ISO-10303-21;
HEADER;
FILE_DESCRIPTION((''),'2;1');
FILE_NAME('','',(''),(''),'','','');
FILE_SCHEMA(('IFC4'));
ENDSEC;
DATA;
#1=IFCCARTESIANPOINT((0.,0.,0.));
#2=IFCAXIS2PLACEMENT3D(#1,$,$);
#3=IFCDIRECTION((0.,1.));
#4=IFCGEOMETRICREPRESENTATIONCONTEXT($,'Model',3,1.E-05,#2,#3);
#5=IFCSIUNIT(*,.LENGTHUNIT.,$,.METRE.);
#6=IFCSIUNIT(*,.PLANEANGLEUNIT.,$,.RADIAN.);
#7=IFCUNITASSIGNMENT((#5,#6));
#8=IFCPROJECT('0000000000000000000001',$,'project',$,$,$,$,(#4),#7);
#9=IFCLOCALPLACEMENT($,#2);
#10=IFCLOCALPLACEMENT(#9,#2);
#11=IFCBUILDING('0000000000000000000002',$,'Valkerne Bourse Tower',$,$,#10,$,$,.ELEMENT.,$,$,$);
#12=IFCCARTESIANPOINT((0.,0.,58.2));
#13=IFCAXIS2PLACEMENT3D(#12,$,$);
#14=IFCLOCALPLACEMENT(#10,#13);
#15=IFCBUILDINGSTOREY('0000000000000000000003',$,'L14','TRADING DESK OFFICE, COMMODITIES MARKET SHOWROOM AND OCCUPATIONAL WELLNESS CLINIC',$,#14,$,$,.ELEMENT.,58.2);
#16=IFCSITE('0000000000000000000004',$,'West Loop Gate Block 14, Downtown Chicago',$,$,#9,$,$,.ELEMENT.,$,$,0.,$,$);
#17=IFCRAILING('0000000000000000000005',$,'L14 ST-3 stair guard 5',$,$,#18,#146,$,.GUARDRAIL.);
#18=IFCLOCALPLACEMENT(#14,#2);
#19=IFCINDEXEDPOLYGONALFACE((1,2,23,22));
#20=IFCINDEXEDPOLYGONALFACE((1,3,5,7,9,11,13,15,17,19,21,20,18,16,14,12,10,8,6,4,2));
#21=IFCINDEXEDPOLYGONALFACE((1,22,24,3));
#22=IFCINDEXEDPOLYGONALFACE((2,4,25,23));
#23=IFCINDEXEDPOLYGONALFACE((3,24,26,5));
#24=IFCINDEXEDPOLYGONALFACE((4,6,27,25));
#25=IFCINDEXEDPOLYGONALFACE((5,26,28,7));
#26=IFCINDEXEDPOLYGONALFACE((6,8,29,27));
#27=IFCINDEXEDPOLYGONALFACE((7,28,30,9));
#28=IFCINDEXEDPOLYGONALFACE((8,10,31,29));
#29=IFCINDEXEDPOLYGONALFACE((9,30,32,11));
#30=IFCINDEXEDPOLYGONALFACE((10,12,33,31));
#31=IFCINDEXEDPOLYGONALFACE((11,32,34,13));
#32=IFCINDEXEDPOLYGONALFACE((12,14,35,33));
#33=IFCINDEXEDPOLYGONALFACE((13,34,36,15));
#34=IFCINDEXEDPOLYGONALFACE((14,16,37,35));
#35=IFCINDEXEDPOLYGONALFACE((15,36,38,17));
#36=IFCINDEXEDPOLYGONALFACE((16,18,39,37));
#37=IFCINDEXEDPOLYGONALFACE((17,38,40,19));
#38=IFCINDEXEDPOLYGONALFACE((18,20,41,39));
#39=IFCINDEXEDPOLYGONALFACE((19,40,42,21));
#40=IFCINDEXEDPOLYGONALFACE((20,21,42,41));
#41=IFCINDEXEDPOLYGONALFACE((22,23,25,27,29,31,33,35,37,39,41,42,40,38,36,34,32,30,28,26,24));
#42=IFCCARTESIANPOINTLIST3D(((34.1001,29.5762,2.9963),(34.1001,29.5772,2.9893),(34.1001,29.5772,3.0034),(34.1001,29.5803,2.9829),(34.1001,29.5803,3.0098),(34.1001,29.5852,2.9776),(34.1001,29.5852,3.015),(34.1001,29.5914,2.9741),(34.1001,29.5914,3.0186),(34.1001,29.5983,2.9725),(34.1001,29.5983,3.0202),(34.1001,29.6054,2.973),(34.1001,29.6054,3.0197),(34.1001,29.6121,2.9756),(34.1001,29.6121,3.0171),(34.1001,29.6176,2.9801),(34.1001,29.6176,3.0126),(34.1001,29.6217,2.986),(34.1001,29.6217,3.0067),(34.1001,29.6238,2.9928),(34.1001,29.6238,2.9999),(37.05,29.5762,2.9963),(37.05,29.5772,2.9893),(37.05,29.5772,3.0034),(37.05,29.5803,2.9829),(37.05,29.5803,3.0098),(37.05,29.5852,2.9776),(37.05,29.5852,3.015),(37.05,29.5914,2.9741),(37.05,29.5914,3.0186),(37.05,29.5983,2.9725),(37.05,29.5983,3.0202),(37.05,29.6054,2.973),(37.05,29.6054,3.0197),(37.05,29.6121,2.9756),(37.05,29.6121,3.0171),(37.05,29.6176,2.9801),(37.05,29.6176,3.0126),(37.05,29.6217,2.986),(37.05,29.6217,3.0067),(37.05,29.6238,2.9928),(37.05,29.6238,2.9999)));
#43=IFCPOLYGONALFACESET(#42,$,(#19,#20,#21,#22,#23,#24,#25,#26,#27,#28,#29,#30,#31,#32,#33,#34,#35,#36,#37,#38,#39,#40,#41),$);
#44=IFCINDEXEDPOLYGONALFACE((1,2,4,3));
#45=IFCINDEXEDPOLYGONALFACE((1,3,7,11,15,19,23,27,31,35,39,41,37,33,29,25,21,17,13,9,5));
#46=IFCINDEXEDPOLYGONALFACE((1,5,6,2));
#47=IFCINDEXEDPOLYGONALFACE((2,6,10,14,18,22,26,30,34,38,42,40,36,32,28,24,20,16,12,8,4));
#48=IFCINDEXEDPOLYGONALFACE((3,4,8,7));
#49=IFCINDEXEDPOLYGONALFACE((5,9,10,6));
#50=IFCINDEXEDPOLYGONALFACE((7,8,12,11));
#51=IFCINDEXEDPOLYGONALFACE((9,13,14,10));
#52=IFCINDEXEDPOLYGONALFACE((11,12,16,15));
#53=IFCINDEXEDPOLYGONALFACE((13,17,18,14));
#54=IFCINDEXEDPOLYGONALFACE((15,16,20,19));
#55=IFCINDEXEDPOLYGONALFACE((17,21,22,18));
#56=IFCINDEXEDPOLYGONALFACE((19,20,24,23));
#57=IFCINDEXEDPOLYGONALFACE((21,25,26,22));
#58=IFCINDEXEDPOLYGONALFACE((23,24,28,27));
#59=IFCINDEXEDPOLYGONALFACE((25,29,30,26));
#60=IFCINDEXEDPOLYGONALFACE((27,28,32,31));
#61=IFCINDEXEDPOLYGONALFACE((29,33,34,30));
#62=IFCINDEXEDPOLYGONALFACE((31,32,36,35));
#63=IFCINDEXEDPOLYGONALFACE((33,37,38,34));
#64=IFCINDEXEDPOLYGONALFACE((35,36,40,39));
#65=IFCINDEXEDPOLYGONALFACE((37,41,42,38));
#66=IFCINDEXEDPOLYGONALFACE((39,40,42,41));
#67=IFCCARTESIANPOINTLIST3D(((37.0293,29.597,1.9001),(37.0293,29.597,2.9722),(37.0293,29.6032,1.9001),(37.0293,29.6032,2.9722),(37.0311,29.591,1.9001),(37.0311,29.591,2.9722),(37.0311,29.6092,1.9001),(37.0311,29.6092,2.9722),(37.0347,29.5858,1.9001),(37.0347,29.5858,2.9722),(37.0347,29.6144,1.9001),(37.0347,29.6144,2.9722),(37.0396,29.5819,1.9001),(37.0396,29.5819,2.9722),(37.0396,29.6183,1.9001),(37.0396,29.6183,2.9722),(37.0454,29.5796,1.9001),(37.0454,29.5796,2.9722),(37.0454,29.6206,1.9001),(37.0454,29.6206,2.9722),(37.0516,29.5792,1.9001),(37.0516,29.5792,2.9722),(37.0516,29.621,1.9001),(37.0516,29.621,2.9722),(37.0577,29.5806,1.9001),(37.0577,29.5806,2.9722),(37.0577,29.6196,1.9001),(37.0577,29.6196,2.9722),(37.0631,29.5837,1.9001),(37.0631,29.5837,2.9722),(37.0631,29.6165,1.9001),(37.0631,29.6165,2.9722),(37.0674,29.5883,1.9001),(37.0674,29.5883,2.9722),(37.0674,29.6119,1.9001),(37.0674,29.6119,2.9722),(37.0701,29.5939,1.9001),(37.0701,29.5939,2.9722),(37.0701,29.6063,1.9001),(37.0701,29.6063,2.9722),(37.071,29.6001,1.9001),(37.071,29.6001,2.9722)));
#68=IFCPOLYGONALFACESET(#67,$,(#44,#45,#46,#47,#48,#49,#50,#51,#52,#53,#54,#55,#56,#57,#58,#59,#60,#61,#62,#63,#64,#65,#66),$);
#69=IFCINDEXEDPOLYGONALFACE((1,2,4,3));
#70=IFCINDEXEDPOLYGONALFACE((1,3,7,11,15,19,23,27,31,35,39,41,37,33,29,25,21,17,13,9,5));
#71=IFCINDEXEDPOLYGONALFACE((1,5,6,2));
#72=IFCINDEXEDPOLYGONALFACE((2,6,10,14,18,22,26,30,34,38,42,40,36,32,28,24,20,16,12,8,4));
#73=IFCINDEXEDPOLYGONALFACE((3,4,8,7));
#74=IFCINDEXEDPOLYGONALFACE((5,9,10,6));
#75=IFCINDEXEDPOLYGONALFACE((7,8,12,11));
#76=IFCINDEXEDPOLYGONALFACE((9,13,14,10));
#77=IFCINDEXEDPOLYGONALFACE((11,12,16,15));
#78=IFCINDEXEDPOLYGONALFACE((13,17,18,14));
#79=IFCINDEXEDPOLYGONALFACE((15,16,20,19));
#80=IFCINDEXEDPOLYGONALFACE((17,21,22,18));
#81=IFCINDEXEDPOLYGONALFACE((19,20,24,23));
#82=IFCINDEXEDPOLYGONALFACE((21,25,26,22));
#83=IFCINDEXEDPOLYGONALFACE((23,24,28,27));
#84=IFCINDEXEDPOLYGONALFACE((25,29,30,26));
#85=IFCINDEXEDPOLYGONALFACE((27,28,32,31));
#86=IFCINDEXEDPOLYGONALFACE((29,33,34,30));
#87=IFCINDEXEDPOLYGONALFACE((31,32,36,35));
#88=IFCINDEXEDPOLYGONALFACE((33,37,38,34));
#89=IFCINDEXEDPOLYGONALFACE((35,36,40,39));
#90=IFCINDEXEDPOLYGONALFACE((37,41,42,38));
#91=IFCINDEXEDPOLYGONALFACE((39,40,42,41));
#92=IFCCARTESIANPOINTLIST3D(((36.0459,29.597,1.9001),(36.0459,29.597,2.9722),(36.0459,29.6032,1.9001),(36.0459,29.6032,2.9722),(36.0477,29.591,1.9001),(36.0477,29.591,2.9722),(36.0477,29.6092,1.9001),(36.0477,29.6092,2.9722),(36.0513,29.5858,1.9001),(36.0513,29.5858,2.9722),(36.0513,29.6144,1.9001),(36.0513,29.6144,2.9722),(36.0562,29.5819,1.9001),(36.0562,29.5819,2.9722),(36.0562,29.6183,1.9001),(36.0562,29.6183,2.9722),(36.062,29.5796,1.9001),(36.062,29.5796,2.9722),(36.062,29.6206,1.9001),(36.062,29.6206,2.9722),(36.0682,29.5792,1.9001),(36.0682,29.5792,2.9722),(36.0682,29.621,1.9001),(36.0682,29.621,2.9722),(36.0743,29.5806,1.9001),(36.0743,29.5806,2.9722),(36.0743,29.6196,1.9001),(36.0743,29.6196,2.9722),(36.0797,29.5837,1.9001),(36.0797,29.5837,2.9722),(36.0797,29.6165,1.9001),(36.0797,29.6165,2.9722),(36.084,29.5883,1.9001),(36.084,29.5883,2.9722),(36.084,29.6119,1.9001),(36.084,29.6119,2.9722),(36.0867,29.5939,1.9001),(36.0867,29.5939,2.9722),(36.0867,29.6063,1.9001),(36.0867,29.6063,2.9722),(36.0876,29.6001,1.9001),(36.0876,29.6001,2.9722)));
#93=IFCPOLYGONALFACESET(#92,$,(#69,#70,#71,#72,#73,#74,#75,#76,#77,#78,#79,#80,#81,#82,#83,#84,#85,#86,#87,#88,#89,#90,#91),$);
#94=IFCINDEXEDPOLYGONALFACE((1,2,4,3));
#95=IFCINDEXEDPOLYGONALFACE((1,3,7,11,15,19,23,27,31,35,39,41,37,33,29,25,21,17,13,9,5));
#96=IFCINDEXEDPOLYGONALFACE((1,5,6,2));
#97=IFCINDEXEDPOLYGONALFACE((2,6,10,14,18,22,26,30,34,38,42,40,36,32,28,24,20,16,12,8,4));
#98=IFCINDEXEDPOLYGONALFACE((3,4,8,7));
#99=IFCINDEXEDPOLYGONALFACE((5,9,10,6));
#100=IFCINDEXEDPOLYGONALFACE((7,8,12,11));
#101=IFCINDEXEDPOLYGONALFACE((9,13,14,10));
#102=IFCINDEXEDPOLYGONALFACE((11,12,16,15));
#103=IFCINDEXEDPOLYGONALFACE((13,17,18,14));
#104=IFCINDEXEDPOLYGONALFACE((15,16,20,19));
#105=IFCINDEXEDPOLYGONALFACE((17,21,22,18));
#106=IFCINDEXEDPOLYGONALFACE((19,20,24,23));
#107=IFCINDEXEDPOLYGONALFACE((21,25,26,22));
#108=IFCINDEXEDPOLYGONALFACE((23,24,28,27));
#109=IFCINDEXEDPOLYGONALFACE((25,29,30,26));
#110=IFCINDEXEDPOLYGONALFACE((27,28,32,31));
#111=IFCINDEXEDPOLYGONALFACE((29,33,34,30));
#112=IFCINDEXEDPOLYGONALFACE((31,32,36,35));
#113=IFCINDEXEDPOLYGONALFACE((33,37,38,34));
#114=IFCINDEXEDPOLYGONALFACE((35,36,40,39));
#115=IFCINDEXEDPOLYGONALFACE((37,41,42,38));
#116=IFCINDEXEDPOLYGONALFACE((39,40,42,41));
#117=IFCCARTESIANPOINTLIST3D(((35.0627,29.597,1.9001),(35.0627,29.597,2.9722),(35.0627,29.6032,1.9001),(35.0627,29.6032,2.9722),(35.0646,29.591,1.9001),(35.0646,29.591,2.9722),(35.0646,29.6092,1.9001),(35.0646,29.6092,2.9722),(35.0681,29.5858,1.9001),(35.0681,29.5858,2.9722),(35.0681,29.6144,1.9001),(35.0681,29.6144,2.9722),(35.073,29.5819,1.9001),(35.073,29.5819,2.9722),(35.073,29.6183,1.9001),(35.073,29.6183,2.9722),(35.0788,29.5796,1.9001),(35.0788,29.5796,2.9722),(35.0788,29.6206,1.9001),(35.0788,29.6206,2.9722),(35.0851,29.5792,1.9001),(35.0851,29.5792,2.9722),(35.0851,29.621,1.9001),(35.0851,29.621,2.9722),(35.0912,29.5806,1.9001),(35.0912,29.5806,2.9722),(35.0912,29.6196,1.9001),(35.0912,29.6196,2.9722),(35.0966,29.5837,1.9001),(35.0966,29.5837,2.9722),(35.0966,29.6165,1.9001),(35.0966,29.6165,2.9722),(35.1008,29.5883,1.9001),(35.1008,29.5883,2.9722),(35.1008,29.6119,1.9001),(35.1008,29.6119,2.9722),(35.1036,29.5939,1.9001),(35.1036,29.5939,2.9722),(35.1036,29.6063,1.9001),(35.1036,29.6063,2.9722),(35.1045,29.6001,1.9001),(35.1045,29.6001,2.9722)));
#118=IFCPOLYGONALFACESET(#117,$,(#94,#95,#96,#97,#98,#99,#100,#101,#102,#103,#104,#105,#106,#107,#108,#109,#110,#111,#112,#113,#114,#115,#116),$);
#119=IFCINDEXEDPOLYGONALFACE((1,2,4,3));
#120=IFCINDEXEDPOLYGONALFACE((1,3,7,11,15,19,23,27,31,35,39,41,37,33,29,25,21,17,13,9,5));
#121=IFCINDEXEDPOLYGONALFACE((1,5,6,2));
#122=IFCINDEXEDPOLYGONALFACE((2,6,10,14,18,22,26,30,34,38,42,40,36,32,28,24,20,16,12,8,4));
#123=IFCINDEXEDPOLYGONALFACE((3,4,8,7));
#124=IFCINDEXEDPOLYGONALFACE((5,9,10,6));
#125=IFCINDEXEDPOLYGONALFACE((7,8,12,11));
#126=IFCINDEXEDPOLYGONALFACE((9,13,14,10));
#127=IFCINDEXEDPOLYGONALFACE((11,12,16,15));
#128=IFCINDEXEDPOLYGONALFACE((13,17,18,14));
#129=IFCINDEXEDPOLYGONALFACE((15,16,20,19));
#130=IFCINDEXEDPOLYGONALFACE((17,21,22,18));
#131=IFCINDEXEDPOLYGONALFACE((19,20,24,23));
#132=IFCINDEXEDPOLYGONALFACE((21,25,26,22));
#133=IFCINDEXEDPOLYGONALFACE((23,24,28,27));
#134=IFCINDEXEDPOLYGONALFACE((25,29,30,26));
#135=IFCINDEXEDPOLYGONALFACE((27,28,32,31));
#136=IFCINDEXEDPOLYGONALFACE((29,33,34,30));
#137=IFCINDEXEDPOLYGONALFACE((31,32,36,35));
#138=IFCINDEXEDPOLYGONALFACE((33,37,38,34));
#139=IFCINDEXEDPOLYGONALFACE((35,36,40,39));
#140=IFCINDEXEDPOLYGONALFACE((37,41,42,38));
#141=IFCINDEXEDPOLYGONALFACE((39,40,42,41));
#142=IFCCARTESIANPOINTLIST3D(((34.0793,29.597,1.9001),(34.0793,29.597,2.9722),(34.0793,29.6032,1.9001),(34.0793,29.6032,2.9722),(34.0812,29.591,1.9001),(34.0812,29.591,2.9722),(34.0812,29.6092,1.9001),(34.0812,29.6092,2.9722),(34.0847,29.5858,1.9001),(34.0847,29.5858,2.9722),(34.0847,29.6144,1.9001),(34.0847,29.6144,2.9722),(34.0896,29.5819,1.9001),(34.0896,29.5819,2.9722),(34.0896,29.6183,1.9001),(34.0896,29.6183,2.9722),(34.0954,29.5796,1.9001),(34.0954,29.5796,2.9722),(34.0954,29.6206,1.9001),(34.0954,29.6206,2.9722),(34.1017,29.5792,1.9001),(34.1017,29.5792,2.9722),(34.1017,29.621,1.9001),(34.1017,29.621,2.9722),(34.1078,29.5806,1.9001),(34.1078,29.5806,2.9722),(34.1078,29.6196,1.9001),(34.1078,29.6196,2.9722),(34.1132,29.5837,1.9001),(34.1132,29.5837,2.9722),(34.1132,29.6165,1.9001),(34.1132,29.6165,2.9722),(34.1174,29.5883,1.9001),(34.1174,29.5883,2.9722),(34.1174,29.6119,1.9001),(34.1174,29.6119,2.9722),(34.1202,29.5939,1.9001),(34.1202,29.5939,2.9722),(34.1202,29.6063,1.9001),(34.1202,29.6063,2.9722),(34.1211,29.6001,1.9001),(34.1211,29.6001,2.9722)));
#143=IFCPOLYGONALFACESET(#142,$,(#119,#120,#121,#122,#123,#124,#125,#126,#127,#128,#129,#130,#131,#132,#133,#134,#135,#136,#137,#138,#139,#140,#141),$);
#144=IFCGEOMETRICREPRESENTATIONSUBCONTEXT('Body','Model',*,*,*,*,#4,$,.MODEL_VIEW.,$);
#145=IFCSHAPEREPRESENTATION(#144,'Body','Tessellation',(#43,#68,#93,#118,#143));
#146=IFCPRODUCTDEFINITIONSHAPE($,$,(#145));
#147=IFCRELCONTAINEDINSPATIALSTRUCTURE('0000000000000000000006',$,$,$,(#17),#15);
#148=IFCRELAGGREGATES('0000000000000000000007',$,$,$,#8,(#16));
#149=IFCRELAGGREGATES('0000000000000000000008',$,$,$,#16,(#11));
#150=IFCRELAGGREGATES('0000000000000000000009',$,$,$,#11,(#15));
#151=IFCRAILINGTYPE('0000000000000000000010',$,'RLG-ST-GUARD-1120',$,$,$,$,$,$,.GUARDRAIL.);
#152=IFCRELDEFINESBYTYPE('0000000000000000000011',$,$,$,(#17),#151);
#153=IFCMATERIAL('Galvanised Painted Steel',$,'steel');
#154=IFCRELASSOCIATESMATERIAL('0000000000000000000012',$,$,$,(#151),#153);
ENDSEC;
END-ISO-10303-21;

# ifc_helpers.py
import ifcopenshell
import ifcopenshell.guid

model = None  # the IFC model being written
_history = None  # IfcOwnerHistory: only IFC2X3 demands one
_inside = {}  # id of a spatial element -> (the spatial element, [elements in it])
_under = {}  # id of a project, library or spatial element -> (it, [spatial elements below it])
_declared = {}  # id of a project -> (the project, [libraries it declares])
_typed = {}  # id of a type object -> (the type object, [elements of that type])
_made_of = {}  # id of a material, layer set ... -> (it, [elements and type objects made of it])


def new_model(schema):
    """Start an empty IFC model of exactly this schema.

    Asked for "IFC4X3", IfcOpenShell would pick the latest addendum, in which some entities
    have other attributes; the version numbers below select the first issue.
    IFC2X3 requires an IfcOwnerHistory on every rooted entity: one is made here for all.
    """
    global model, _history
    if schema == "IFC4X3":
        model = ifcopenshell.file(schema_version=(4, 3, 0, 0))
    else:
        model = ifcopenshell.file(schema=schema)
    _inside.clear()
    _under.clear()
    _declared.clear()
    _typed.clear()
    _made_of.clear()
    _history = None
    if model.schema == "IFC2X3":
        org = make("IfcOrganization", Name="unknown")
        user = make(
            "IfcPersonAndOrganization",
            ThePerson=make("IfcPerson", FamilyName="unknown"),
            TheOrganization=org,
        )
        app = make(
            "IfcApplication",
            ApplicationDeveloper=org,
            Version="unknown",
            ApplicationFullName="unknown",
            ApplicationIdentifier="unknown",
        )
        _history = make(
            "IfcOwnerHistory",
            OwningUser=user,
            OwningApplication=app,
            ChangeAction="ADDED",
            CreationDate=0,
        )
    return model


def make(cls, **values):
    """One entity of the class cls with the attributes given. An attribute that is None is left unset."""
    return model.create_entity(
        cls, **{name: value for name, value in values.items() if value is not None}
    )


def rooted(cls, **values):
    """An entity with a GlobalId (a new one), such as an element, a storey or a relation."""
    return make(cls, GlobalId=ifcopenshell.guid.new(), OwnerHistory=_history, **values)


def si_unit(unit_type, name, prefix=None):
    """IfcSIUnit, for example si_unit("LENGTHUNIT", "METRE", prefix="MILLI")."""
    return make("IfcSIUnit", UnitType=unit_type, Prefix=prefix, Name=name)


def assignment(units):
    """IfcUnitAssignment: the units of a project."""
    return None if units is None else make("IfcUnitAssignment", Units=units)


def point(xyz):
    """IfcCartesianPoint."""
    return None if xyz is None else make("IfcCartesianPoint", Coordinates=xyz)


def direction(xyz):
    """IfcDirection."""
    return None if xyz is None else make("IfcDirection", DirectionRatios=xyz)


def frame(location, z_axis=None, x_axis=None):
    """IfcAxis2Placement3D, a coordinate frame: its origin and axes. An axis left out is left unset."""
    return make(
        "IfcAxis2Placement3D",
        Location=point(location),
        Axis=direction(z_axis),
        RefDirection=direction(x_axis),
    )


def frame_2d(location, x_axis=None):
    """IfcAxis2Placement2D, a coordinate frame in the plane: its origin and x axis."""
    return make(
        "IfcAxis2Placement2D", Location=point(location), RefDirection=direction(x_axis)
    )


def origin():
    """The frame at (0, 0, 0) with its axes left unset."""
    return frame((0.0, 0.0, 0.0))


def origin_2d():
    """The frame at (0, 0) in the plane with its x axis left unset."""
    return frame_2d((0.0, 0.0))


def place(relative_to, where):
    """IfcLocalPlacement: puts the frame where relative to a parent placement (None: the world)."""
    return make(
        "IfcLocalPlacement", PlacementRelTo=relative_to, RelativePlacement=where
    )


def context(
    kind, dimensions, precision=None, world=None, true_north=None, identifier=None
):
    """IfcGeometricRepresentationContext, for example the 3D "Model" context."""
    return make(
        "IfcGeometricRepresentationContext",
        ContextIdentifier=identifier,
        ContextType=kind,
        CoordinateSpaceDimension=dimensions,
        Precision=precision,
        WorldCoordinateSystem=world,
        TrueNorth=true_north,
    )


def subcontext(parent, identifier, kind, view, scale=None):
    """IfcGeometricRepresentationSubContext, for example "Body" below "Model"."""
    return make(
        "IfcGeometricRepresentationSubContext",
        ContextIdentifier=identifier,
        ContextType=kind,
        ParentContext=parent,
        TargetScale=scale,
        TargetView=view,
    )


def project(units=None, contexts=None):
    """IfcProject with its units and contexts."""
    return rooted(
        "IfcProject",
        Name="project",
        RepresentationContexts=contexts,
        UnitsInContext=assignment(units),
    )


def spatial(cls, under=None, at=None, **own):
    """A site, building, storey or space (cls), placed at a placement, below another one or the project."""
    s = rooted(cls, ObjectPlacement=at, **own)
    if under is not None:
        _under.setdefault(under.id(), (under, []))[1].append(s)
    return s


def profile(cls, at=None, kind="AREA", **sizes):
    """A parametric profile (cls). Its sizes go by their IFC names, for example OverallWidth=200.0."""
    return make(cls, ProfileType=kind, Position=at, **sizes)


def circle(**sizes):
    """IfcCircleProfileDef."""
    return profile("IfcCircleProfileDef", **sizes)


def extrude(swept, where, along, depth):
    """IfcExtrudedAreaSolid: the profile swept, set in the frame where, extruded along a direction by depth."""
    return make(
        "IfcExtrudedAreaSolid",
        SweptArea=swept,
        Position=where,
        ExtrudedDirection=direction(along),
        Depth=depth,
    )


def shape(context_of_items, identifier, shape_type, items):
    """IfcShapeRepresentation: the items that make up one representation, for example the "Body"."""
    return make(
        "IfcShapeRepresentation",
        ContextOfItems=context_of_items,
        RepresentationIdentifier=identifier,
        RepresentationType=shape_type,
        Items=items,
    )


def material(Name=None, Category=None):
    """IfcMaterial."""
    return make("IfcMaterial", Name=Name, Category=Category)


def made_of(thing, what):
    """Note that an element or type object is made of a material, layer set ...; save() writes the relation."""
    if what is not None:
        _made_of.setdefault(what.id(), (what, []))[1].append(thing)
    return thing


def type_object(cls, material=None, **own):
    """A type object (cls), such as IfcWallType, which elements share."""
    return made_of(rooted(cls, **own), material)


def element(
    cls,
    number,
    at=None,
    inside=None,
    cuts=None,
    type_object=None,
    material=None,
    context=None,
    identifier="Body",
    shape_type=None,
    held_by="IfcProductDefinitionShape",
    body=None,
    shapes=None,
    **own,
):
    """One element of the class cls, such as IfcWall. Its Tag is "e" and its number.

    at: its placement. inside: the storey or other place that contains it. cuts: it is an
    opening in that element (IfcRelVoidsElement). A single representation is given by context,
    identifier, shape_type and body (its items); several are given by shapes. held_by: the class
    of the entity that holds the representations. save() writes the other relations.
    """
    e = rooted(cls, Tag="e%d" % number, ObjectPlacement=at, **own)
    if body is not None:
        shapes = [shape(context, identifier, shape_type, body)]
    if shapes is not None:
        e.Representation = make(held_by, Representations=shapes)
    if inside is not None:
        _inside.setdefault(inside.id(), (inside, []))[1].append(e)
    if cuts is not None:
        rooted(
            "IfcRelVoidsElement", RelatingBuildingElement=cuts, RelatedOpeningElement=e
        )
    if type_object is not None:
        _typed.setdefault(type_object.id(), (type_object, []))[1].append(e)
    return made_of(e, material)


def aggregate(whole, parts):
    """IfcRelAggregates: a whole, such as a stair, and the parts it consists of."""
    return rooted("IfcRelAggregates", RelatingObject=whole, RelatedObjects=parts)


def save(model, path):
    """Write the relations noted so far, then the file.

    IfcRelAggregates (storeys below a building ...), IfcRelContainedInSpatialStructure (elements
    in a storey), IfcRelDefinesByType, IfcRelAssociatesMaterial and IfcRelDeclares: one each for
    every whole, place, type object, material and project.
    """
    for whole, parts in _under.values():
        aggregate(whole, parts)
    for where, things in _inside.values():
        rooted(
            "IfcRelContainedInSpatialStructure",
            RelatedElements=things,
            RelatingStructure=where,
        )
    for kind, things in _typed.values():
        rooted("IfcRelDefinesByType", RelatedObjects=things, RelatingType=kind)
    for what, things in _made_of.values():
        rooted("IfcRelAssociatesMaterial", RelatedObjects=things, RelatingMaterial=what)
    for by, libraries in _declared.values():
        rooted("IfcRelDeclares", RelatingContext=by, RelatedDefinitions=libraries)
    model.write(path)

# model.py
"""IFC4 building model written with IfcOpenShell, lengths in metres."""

from ifc_helpers import new_model, si_unit, direction, frame, origin, origin_2d, place, context, subcontext, project, spatial, circle, extrude, material, type_object, element, save


model = new_model("IFC4")

# Units and contexts
model_context = context("Model", 3, precision=1e-05, world=origin(), true_north=direction((0.0, 1.0)))
body_context = subcontext(model_context, "Body", "Model", "MODEL_VIEW")
ifc_project = project(units=[si_unit("LENGTHUNIT", "METRE"), si_unit("PLANEANGLEUNIT", "RADIAN")], contexts=[model_context])

# Site, building, storey
site_placement = place(None, origin())
site = spatial("IfcSite", under=ifc_project, at=site_placement, Name="West Loop Gate Block 14, Downtown Chicago", CompositionType="ELEMENT", RefElevation=0.0)
building_placement = place(site_placement, origin())
building = spatial("IfcBuilding", under=site, at=building_placement, Name="Valkerne Bourse Tower", CompositionType="ELEMENT")
storey_placement = place(building_placement, frame((0.0, 0.0, 58.2)))
storey = spatial("IfcBuildingStorey", under=building, at=storey_placement, Name="L14", Description="TRADING DESK OFFICE, COMMODITIES MARKET SHOWROOM AND OCCUPATIONAL WELLNESS CLINIC", CompositionType="ELEMENT", Elevation=58.2)

# Railing
ifc_material_1 = material(Name="Galvanised Painted Steel", Category="steel")
railing_type_1 = type_object("IfcRailingType", Name="RLG-ST-GUARD-1120", PredefinedType="GUARDRAIL", material=ifc_material_1)
railing_1_placement = place(storey_placement, frame((37.05, 29.6001, 1.9001)))
element("IfcRailing", 1, at=railing_1_placement, inside=storey, type_object=railing_type_1, Name="L14 ST-3 stair guard 5", PredefinedType="GUARDRAIL", context=body_context, shape_type="SweptSolid", body=[
    extrude(circle(Radius=0.0239, at=origin_2d()), frame((0.0, 0.0, 1.0962), z_axis=(-1.0, 0.0, 0.0), x_axis=(0.0, -1.0, 0.0)), (0.0, 0.0, 1.0), 2.95),
    extrude(circle(Radius=0.021, at=origin_2d()), origin(), (0.0, 0.0, 1.0), 1.072),
    extrude(circle(Radius=0.021, at=origin_2d()), frame((-0.9834, 0.0, 0.0)), (0.0, 0.0, 1.0), 1.072),
    extrude(circle(Radius=0.021, at=origin_2d()), frame((-1.9666, 0.0, 0.0)), (0.0, 0.0, 1.0), 1.072),
    extrude(circle(Radius=0.021, at=origin_2d()), frame((-2.95, 0.0, 0.0)), (0.0, 0.0, 1.0), 1.072),
])

save(model, "model.ifc")
